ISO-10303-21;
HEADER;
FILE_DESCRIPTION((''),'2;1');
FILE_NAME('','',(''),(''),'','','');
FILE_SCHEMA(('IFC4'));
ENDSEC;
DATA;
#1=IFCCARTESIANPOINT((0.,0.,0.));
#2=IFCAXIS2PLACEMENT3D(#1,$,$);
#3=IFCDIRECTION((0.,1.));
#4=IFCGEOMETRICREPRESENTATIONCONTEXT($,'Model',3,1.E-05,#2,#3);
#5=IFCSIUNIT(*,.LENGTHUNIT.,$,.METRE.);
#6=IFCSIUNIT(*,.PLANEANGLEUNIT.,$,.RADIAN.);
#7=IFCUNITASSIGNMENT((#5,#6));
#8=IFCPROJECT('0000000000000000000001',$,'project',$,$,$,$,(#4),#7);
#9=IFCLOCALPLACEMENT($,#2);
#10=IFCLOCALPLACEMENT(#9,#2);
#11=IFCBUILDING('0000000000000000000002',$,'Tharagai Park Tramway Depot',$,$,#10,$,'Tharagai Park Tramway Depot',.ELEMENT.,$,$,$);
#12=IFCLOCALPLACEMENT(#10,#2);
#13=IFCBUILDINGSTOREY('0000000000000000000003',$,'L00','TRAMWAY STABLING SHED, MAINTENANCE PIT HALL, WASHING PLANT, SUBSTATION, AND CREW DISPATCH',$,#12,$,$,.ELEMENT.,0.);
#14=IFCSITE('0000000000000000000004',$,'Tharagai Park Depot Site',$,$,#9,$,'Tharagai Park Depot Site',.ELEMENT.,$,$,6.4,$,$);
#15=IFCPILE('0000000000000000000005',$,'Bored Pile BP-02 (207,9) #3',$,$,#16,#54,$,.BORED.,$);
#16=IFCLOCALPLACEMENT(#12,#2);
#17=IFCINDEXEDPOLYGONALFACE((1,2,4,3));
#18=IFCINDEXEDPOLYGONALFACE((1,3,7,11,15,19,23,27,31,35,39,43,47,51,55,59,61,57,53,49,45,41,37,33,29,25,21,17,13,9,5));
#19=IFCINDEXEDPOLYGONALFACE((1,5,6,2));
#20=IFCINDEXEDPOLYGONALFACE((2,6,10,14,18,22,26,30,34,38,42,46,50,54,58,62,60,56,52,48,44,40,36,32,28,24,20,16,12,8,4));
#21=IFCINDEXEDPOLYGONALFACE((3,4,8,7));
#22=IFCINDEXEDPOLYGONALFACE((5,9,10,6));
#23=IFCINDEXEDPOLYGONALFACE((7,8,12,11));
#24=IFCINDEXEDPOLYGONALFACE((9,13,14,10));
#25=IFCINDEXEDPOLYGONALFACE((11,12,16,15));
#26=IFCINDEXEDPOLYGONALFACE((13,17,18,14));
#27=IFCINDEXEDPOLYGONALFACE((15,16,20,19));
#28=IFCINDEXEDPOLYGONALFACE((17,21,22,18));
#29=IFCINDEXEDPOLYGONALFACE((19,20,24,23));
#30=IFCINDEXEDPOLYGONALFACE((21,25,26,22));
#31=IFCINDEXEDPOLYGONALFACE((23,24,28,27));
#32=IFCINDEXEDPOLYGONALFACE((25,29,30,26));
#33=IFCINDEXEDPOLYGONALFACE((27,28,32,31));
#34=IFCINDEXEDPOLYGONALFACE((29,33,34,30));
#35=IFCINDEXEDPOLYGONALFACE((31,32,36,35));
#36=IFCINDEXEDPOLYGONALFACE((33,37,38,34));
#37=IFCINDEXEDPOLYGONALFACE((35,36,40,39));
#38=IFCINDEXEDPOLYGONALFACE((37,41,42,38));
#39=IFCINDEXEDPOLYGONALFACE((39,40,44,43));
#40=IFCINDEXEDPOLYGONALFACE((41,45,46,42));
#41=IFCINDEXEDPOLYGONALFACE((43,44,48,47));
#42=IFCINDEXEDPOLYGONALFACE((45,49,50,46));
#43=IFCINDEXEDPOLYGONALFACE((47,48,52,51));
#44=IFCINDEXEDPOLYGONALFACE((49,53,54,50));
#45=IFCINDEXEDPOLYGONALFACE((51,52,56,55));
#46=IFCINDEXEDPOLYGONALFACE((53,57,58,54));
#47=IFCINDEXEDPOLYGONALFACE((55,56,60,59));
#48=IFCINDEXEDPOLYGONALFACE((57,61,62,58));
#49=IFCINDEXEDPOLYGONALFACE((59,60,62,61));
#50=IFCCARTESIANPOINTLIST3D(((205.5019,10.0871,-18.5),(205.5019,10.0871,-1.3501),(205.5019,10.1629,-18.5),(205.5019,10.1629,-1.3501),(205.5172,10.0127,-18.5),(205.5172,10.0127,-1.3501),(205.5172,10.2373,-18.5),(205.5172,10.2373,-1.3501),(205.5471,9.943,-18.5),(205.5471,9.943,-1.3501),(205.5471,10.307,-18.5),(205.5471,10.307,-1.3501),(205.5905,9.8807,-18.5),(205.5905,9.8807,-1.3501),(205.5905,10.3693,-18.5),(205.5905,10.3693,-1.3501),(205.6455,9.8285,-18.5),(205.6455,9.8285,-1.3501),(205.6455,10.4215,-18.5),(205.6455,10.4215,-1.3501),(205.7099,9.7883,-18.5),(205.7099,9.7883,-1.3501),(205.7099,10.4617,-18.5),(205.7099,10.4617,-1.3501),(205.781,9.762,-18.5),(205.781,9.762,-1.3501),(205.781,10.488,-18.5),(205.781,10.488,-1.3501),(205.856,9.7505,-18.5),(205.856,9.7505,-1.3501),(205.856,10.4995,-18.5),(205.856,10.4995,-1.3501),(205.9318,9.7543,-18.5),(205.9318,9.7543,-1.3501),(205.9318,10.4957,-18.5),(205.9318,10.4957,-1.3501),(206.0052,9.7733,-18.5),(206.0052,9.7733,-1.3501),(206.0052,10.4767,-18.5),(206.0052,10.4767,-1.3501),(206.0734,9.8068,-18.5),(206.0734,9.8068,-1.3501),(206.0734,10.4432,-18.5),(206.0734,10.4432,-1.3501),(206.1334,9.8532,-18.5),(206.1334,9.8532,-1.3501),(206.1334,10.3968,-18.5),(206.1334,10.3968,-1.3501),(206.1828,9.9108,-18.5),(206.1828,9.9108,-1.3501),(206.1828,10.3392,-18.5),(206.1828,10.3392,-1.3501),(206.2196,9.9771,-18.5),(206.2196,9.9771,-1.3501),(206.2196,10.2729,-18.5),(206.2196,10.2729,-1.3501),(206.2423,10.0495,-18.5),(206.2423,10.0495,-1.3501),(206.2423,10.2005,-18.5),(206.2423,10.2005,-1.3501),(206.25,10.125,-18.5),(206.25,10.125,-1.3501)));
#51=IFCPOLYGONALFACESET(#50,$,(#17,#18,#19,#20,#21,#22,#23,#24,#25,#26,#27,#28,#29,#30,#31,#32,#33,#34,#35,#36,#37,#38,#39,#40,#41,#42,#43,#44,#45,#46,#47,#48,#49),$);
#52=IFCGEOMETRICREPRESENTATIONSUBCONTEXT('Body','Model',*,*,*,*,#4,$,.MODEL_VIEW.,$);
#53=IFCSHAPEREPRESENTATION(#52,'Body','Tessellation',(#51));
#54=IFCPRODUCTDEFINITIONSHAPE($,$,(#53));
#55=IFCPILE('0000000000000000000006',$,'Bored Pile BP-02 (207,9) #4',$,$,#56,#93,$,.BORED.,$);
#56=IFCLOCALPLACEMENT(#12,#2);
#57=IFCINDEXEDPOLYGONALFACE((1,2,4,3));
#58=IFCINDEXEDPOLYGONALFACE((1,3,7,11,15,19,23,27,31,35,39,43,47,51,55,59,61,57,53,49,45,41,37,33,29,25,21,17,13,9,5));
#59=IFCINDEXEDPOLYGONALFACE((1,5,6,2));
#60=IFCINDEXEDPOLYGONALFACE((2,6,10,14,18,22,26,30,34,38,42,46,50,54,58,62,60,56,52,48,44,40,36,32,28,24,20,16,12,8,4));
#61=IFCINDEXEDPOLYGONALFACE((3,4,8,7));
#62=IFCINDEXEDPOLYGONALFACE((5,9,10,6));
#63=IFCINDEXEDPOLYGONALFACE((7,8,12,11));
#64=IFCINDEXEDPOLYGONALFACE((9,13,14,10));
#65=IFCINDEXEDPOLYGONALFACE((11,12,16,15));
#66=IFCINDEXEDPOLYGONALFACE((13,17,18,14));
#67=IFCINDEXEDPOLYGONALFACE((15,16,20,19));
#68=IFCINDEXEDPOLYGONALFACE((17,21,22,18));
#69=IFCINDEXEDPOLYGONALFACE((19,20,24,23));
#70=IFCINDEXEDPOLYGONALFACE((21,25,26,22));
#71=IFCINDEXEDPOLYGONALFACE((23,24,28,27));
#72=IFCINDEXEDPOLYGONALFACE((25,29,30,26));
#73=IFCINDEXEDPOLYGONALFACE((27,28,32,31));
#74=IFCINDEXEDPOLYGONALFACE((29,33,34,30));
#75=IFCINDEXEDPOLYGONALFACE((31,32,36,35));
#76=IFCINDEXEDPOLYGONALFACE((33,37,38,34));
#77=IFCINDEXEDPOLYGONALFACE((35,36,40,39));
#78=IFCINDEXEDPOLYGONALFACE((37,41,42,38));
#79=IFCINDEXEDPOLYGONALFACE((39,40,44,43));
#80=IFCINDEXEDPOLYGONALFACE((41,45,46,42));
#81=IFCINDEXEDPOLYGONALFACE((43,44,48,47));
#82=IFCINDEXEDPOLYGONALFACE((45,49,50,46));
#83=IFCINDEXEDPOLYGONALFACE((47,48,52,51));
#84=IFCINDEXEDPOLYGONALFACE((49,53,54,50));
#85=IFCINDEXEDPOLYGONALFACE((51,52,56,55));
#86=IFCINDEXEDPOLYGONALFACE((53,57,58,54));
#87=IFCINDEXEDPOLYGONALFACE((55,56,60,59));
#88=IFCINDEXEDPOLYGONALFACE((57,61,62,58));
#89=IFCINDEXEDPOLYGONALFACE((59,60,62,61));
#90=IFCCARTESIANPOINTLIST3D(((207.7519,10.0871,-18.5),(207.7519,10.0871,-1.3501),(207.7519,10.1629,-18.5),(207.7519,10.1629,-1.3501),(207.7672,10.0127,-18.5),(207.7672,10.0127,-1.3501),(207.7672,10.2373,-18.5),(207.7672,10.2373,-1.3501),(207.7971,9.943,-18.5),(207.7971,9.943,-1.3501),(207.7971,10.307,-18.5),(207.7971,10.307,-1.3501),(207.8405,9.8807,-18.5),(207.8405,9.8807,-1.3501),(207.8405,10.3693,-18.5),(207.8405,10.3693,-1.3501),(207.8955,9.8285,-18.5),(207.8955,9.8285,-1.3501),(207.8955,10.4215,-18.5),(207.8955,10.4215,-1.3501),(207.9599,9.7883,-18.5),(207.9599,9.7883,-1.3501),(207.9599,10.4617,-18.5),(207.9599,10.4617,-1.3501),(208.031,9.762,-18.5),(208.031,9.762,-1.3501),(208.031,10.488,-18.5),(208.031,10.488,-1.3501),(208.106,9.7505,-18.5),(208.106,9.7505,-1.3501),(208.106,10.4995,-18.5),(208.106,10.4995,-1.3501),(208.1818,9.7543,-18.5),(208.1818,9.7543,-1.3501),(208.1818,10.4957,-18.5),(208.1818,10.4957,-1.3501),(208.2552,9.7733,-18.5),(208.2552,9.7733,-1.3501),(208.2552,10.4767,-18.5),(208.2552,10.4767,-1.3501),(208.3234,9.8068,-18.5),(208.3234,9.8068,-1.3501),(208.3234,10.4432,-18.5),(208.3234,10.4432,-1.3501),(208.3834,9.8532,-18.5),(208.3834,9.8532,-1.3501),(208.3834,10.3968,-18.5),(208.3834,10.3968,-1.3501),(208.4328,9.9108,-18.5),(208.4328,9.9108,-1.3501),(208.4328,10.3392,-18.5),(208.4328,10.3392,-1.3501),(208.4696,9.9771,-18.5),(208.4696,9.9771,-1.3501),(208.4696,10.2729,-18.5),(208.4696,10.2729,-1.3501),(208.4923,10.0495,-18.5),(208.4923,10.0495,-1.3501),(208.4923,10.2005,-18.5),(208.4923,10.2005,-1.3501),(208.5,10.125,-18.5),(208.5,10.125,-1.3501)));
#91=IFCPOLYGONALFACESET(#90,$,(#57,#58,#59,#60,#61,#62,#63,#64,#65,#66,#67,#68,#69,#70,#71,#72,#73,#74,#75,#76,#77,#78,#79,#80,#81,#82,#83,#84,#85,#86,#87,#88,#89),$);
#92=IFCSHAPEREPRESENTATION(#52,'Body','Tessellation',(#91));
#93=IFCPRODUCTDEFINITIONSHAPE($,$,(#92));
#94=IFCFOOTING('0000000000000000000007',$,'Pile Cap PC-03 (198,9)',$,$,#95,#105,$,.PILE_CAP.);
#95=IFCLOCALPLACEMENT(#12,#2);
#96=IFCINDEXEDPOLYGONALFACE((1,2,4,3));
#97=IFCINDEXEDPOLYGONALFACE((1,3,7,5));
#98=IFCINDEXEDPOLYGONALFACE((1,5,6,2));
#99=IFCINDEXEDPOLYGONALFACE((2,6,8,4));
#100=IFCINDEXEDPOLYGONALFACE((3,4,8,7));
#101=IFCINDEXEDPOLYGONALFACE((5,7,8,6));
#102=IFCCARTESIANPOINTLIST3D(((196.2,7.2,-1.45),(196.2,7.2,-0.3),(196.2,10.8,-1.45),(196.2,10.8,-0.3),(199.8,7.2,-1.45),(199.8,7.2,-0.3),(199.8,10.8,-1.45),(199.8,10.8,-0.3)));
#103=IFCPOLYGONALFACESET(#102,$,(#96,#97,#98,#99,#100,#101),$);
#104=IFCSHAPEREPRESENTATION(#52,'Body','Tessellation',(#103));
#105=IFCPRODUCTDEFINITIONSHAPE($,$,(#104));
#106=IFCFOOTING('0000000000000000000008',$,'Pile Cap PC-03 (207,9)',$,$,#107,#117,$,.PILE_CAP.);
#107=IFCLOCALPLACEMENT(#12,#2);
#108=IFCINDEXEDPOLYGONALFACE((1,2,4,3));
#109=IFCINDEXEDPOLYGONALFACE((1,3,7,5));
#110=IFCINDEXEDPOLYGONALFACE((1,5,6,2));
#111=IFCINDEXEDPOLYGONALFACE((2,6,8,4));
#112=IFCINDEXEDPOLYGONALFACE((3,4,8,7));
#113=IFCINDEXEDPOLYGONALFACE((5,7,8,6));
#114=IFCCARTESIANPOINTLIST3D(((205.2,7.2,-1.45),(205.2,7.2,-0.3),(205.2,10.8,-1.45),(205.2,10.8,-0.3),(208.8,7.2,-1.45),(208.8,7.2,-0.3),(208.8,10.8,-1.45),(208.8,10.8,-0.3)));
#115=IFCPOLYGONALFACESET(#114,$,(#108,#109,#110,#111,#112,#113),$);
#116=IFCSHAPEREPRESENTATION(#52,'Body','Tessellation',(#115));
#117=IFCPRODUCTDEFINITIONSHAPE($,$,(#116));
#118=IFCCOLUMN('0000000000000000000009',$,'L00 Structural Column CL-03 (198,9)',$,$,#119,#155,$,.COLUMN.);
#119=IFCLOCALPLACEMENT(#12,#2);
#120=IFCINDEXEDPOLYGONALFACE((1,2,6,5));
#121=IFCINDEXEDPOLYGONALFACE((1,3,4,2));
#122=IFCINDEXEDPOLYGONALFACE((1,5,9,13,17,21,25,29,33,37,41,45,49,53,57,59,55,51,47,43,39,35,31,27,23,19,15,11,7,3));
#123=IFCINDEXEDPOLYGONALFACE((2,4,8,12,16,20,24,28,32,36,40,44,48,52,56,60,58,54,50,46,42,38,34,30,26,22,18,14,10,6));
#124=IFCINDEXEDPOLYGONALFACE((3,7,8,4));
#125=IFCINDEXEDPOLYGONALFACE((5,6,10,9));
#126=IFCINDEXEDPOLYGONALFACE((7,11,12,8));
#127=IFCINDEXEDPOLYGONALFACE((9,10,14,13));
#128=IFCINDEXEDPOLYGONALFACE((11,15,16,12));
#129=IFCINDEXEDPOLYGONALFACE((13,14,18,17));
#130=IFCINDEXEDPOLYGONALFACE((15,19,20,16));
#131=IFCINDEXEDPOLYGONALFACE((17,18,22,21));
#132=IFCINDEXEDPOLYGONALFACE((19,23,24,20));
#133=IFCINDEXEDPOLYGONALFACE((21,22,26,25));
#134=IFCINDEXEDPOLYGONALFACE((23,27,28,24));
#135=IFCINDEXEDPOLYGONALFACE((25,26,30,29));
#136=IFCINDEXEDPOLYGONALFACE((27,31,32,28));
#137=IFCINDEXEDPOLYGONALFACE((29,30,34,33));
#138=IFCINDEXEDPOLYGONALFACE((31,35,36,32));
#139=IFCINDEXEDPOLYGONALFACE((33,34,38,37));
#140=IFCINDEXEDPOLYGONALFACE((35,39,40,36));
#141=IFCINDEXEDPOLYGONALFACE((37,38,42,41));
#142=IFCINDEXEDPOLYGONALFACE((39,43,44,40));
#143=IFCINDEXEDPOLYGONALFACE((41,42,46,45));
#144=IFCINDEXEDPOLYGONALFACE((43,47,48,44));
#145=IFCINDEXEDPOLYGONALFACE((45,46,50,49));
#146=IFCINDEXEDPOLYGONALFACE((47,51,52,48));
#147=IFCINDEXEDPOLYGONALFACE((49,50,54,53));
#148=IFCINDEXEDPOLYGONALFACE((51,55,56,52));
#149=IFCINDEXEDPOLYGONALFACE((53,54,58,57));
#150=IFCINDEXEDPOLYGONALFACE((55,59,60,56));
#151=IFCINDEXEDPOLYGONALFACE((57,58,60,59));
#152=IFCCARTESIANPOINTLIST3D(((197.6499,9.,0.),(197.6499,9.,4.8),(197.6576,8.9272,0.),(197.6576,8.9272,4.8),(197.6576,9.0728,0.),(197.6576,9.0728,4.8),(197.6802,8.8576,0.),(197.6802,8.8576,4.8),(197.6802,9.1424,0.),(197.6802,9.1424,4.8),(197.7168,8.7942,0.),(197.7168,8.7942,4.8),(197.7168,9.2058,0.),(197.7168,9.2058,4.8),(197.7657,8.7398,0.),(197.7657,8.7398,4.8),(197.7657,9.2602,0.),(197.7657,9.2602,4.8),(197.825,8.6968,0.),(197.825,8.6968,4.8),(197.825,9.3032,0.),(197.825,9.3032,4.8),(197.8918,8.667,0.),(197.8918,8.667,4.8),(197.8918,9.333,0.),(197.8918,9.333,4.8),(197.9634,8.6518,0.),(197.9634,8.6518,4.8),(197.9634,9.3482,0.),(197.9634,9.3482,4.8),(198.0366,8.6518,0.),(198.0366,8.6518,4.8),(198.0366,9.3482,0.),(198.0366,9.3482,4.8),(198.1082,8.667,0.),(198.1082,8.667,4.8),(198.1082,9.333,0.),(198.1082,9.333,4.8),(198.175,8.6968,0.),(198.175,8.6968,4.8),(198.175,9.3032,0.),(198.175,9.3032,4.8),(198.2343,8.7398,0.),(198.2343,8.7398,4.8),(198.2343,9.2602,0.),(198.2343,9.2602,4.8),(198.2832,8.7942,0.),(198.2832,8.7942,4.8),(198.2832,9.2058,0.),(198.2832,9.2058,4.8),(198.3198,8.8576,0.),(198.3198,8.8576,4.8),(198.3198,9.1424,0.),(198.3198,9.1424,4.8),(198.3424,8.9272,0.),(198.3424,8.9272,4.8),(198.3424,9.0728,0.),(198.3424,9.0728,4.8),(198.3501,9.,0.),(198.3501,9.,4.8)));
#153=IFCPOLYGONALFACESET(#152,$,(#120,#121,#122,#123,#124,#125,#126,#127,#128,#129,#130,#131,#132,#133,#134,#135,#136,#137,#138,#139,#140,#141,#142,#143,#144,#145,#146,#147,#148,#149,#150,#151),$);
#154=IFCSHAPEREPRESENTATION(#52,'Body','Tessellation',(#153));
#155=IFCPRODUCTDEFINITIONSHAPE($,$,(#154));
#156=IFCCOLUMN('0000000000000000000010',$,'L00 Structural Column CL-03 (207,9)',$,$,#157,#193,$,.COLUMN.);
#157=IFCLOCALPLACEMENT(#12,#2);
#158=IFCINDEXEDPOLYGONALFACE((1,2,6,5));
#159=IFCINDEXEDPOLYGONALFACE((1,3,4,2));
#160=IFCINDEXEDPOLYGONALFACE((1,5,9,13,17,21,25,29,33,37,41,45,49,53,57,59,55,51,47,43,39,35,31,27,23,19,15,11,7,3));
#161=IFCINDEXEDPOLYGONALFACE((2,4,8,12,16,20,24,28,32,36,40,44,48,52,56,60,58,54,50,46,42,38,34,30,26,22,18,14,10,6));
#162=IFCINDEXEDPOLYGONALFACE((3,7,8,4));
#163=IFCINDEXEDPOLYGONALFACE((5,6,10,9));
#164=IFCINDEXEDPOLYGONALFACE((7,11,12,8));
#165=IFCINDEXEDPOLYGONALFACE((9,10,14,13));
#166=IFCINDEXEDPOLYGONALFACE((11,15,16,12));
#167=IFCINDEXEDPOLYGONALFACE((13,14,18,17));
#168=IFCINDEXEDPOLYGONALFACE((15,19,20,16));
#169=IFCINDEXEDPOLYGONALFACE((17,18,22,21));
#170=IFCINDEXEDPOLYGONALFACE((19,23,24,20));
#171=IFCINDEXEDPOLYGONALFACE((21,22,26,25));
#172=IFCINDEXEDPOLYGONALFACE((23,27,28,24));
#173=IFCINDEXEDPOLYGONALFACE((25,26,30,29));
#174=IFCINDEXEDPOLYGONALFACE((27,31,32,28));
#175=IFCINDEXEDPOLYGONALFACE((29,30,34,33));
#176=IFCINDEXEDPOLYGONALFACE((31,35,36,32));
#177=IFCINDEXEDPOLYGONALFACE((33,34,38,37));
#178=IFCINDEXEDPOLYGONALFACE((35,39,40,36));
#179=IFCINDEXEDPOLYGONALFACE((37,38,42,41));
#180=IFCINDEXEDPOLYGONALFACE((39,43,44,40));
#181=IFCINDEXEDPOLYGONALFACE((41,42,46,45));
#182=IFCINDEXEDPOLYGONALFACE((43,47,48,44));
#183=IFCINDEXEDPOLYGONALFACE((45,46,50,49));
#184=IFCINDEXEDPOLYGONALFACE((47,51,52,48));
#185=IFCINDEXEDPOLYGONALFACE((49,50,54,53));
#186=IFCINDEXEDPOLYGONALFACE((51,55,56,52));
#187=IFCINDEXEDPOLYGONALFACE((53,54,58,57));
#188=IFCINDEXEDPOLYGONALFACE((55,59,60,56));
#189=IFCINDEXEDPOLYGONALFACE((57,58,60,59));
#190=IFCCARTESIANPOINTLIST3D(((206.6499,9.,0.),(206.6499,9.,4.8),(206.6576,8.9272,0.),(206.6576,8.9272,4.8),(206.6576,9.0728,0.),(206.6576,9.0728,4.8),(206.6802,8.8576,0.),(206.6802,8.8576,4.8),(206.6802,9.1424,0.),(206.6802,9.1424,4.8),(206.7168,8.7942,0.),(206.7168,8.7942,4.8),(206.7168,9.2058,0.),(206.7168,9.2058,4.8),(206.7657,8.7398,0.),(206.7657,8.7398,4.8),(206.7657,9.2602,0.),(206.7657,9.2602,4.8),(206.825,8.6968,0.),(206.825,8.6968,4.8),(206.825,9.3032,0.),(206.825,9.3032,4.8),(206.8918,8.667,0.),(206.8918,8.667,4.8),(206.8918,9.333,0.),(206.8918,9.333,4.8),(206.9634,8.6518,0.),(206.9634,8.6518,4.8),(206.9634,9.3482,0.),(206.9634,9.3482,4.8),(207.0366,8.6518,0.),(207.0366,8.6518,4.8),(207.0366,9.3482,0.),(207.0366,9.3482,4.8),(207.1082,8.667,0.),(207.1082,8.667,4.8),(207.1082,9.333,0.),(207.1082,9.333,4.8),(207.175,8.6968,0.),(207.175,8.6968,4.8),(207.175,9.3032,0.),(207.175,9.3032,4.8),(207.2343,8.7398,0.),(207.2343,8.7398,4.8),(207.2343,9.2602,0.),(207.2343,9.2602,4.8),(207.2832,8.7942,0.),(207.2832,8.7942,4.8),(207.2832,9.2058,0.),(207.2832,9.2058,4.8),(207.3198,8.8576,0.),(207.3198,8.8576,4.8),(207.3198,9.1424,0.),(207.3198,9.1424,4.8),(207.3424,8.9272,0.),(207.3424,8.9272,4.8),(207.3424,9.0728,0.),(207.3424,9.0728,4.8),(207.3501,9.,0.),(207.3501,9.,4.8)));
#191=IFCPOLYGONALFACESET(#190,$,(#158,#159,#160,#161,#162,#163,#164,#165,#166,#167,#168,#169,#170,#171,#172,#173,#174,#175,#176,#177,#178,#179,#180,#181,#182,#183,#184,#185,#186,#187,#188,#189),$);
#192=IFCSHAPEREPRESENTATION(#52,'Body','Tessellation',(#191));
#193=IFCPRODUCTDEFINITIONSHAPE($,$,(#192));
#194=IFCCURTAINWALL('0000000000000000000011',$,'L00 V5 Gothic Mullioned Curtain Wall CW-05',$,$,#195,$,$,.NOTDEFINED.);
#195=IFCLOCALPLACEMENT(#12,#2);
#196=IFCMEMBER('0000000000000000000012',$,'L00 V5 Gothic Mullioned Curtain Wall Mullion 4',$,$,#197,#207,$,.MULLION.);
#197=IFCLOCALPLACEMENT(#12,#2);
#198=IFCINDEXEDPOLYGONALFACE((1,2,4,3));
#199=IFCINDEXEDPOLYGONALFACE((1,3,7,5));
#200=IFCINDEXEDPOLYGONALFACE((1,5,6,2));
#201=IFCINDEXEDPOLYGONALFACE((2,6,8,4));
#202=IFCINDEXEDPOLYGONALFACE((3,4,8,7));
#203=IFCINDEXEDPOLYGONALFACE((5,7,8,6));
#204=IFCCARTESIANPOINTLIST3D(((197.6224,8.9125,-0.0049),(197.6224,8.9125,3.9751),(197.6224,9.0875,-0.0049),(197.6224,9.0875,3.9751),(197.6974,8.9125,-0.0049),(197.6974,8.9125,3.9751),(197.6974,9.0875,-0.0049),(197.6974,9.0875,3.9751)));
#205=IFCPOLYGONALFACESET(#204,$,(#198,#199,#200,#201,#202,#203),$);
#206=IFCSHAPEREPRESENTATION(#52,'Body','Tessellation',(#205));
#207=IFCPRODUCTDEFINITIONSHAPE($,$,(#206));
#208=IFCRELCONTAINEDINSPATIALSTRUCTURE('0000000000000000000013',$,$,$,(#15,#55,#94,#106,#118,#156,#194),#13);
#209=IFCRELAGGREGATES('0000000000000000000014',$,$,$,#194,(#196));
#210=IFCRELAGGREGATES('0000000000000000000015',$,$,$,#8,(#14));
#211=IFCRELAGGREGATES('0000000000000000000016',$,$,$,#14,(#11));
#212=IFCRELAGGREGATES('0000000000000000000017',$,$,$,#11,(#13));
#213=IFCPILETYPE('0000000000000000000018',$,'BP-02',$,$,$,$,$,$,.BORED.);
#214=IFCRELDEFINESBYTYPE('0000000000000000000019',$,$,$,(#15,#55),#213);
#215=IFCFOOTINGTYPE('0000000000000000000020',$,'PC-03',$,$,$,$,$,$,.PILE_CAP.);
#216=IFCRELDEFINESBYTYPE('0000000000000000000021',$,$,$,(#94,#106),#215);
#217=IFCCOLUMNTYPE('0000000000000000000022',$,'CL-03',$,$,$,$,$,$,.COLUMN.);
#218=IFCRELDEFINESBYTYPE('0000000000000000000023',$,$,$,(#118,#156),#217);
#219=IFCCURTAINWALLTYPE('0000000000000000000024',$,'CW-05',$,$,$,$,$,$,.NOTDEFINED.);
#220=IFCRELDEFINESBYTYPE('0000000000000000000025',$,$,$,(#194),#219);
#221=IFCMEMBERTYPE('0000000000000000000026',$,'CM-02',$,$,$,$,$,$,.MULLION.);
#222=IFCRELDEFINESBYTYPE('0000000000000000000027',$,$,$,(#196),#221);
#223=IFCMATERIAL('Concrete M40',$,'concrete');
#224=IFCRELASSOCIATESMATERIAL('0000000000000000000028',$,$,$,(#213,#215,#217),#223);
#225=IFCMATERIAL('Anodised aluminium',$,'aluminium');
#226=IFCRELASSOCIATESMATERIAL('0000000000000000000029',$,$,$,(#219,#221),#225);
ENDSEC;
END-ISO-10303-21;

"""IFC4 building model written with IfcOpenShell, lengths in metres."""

from ifc_helpers import new_model, si_unit, direction, frame, origin, origin_2d, place, context, subcontext, project, spatial, rectangle, circle, extrude, material, material_profile, profile_set, type_object, element, aggregate, save


model = new_model("IFC4")

# Units and contexts
model_context = context("Model", 3, precision=1e-05, world=origin(), true_north=direction((0.0, 1.0)))
body_context = subcontext(model_context, "Body", "Model", "MODEL_VIEW")
ifc_project = project(units=[si_unit("LENGTHUNIT", "METRE"), si_unit("PLANEANGLEUNIT", "RADIAN")], contexts=[model_context])

# Site, building, storey
site_placement = place(None, origin())
site = spatial("IfcSite", under=ifc_project, at=site_placement, Name="Tharagai Park Depot Site", LongName="Tharagai Park Depot Site", CompositionType="ELEMENT", RefElevation=6.4)
building_placement = place(site_placement, origin())
building = spatial("IfcBuilding", under=site, at=building_placement, Name="Tharagai Park Tramway Depot", LongName="Tharagai Park Tramway Depot", CompositionType="ELEMENT")
storey_placement = place(building_placement, origin())
storey = spatial("IfcBuildingStorey", under=building, at=storey_placement, Name="L00", Description="TRAMWAY STABLING SHED, MAINTENANCE PIT HALL, WASHING PLANT, SUBSTATION, AND CREW DISPATCH", CompositionType="ELEMENT", Elevation=0.0)

# Piles
ifc_material_1 = material(Name="Concrete M40", Category="concrete")
ifc_material_profile_1 = material_profile(ifc_material_1, circle(Radius=0.375, at=origin_2d()), Name="PILE D750")
ifc_profile_set_1 = profile_set([ifc_material_profile_1], Name="Concrete M40")
pile_type = type_object("IfcPileType", Name="BP-02", PredefinedType="BORED", material=ifc_profile_set_1)
for number, where, z_axis, x_axis, name in (
    (1, (205.875, 10.125, -1.3501), (0.0, 0.0, -1.0), (1.0, 0.0, 0.0), "Bored Pile BP-02 (207,9) #3"),
    (2, (208.125, 10.125, -1.3501), (0.0, 0.0, -1.0), (1.0, 0.0, 0.0), "Bored Pile BP-02 (207,9) #4"),
):
    element("IfcPile", number, at=place(storey_placement, frame(where, z_axis=z_axis, x_axis=x_axis)), inside=storey, type_object=pile_type, Name=name, PredefinedType="BORED", context=body_context, shape_type="SweptSolid", body=[
        extrude(circle(Radius=0.375, at=origin_2d()), origin(), (0.0, 0.0, 1.0), 17.1499),
    ])

# Footings
footing_type = type_object("IfcFootingType", Name="PC-03", PredefinedType="PILE_CAP", material=ifc_material_1)
for number, where, z_axis, x_axis, name in (
    (3, (198.0, 9.0, -1.45), (0.0, 0.0, 1.0), (1.0, 0.0, 0.0), "Pile Cap PC-03 (198,9)"),
    (4, (207.0, 9.0, -1.45), (0.0, 0.0, 1.0), (1.0, 0.0, 0.0), "Pile Cap PC-03 (207,9)"),
):
    element("IfcFooting", number, at=place(storey_placement, frame(where, z_axis=z_axis, x_axis=x_axis)), inside=storey, type_object=footing_type, Name=name, PredefinedType="PILE_CAP", context=body_context, shape_type="SweptSolid", body=[
        extrude(rectangle(XDim=3.6001, YDim=3.6001, at=origin_2d()), origin(), (0.0, 0.0, 1.0), 1.1499),
    ])

# Columns
ifc_material_profile_2 = material_profile(ifc_material_1, circle(Radius=0.3501, at=origin_2d()), Name="RC D700")
ifc_profile_set_2 = profile_set([ifc_material_profile_2], Name="Concrete M40")
column_type = type_object("IfcColumnType", Name="CL-03", PredefinedType="COLUMN", material=ifc_profile_set_2)
for number, where, z_axis, x_axis, name in (
    (5, (198.0, 9.0, 0.0), (0.0, 0.0, 1.0), (1.0, 0.0, 0.0), "L00 Structural Column CL-03 (198,9)"),
    (6, (207.0, 9.0, 0.0), (0.0, 0.0, 1.0), (1.0, 0.0, 0.0), "L00 Structural Column CL-03 (207,9)"),
):
    element("IfcColumn", number, at=place(storey_placement, frame(where, z_axis=z_axis, x_axis=x_axis)), inside=storey, type_object=column_type, Name=name, PredefinedType="COLUMN", context=body_context, shape_type="SweptSolid", body=[
        extrude(circle(Radius=0.3501, at=origin_2d()), origin(), (0.0, 0.0, 1.0), 4.8),
    ])

# Curtain wall, member
ifc_material_2 = material(Name="Anodised aluminium", Category="aluminium")
curtain_wall_type = type_object("IfcCurtainWallType", Name="CW-05", PredefinedType="NOTDEFINED", material=ifc_material_2)
curtain_wall_1_placement = place(storey_placement, origin())
curtain_wall_1 = element("IfcCurtainWall", 7, at=curtain_wall_1_placement, inside=storey, type_object=curtain_wall_type, Name="L00 V5 Gothic Mullioned Curtain Wall CW-05", PredefinedType="NOTDEFINED")
ifc_material_profile_3 = material_profile(ifc_material_2, rectangle(XDim=0.075, YDim=0.175, at=origin_2d()), Name="ALU 75x175")
ifc_profile_set_3 = profile_set([ifc_material_profile_3], Name="Anodised aluminium")
member_type_1 = type_object("IfcMemberType", Name="CM-02", PredefinedType="MULLION", material=ifc_profile_set_3)
member_1_placement = place(storey_placement, frame((197.6599, 9.0, -0.0049), z_axis=(0.0, 0.0, 1.0), x_axis=(1.0, 0.0, 0.0)))
member_1 = element("IfcMember", 8, at=member_1_placement, type_object=member_type_1, Name="L00 V5 Gothic Mullioned Curtain Wall Mullion 4", PredefinedType="MULLION", context=body_context, shape_type="SweptSolid", body=[
    extrude(rectangle(XDim=0.075, YDim=0.175, at=origin_2d()), origin(), (0.0, 0.0, 1.0), 3.98),
])
aggregate(curtain_wall_1, [member_1])

save(model, "model.ifc")
